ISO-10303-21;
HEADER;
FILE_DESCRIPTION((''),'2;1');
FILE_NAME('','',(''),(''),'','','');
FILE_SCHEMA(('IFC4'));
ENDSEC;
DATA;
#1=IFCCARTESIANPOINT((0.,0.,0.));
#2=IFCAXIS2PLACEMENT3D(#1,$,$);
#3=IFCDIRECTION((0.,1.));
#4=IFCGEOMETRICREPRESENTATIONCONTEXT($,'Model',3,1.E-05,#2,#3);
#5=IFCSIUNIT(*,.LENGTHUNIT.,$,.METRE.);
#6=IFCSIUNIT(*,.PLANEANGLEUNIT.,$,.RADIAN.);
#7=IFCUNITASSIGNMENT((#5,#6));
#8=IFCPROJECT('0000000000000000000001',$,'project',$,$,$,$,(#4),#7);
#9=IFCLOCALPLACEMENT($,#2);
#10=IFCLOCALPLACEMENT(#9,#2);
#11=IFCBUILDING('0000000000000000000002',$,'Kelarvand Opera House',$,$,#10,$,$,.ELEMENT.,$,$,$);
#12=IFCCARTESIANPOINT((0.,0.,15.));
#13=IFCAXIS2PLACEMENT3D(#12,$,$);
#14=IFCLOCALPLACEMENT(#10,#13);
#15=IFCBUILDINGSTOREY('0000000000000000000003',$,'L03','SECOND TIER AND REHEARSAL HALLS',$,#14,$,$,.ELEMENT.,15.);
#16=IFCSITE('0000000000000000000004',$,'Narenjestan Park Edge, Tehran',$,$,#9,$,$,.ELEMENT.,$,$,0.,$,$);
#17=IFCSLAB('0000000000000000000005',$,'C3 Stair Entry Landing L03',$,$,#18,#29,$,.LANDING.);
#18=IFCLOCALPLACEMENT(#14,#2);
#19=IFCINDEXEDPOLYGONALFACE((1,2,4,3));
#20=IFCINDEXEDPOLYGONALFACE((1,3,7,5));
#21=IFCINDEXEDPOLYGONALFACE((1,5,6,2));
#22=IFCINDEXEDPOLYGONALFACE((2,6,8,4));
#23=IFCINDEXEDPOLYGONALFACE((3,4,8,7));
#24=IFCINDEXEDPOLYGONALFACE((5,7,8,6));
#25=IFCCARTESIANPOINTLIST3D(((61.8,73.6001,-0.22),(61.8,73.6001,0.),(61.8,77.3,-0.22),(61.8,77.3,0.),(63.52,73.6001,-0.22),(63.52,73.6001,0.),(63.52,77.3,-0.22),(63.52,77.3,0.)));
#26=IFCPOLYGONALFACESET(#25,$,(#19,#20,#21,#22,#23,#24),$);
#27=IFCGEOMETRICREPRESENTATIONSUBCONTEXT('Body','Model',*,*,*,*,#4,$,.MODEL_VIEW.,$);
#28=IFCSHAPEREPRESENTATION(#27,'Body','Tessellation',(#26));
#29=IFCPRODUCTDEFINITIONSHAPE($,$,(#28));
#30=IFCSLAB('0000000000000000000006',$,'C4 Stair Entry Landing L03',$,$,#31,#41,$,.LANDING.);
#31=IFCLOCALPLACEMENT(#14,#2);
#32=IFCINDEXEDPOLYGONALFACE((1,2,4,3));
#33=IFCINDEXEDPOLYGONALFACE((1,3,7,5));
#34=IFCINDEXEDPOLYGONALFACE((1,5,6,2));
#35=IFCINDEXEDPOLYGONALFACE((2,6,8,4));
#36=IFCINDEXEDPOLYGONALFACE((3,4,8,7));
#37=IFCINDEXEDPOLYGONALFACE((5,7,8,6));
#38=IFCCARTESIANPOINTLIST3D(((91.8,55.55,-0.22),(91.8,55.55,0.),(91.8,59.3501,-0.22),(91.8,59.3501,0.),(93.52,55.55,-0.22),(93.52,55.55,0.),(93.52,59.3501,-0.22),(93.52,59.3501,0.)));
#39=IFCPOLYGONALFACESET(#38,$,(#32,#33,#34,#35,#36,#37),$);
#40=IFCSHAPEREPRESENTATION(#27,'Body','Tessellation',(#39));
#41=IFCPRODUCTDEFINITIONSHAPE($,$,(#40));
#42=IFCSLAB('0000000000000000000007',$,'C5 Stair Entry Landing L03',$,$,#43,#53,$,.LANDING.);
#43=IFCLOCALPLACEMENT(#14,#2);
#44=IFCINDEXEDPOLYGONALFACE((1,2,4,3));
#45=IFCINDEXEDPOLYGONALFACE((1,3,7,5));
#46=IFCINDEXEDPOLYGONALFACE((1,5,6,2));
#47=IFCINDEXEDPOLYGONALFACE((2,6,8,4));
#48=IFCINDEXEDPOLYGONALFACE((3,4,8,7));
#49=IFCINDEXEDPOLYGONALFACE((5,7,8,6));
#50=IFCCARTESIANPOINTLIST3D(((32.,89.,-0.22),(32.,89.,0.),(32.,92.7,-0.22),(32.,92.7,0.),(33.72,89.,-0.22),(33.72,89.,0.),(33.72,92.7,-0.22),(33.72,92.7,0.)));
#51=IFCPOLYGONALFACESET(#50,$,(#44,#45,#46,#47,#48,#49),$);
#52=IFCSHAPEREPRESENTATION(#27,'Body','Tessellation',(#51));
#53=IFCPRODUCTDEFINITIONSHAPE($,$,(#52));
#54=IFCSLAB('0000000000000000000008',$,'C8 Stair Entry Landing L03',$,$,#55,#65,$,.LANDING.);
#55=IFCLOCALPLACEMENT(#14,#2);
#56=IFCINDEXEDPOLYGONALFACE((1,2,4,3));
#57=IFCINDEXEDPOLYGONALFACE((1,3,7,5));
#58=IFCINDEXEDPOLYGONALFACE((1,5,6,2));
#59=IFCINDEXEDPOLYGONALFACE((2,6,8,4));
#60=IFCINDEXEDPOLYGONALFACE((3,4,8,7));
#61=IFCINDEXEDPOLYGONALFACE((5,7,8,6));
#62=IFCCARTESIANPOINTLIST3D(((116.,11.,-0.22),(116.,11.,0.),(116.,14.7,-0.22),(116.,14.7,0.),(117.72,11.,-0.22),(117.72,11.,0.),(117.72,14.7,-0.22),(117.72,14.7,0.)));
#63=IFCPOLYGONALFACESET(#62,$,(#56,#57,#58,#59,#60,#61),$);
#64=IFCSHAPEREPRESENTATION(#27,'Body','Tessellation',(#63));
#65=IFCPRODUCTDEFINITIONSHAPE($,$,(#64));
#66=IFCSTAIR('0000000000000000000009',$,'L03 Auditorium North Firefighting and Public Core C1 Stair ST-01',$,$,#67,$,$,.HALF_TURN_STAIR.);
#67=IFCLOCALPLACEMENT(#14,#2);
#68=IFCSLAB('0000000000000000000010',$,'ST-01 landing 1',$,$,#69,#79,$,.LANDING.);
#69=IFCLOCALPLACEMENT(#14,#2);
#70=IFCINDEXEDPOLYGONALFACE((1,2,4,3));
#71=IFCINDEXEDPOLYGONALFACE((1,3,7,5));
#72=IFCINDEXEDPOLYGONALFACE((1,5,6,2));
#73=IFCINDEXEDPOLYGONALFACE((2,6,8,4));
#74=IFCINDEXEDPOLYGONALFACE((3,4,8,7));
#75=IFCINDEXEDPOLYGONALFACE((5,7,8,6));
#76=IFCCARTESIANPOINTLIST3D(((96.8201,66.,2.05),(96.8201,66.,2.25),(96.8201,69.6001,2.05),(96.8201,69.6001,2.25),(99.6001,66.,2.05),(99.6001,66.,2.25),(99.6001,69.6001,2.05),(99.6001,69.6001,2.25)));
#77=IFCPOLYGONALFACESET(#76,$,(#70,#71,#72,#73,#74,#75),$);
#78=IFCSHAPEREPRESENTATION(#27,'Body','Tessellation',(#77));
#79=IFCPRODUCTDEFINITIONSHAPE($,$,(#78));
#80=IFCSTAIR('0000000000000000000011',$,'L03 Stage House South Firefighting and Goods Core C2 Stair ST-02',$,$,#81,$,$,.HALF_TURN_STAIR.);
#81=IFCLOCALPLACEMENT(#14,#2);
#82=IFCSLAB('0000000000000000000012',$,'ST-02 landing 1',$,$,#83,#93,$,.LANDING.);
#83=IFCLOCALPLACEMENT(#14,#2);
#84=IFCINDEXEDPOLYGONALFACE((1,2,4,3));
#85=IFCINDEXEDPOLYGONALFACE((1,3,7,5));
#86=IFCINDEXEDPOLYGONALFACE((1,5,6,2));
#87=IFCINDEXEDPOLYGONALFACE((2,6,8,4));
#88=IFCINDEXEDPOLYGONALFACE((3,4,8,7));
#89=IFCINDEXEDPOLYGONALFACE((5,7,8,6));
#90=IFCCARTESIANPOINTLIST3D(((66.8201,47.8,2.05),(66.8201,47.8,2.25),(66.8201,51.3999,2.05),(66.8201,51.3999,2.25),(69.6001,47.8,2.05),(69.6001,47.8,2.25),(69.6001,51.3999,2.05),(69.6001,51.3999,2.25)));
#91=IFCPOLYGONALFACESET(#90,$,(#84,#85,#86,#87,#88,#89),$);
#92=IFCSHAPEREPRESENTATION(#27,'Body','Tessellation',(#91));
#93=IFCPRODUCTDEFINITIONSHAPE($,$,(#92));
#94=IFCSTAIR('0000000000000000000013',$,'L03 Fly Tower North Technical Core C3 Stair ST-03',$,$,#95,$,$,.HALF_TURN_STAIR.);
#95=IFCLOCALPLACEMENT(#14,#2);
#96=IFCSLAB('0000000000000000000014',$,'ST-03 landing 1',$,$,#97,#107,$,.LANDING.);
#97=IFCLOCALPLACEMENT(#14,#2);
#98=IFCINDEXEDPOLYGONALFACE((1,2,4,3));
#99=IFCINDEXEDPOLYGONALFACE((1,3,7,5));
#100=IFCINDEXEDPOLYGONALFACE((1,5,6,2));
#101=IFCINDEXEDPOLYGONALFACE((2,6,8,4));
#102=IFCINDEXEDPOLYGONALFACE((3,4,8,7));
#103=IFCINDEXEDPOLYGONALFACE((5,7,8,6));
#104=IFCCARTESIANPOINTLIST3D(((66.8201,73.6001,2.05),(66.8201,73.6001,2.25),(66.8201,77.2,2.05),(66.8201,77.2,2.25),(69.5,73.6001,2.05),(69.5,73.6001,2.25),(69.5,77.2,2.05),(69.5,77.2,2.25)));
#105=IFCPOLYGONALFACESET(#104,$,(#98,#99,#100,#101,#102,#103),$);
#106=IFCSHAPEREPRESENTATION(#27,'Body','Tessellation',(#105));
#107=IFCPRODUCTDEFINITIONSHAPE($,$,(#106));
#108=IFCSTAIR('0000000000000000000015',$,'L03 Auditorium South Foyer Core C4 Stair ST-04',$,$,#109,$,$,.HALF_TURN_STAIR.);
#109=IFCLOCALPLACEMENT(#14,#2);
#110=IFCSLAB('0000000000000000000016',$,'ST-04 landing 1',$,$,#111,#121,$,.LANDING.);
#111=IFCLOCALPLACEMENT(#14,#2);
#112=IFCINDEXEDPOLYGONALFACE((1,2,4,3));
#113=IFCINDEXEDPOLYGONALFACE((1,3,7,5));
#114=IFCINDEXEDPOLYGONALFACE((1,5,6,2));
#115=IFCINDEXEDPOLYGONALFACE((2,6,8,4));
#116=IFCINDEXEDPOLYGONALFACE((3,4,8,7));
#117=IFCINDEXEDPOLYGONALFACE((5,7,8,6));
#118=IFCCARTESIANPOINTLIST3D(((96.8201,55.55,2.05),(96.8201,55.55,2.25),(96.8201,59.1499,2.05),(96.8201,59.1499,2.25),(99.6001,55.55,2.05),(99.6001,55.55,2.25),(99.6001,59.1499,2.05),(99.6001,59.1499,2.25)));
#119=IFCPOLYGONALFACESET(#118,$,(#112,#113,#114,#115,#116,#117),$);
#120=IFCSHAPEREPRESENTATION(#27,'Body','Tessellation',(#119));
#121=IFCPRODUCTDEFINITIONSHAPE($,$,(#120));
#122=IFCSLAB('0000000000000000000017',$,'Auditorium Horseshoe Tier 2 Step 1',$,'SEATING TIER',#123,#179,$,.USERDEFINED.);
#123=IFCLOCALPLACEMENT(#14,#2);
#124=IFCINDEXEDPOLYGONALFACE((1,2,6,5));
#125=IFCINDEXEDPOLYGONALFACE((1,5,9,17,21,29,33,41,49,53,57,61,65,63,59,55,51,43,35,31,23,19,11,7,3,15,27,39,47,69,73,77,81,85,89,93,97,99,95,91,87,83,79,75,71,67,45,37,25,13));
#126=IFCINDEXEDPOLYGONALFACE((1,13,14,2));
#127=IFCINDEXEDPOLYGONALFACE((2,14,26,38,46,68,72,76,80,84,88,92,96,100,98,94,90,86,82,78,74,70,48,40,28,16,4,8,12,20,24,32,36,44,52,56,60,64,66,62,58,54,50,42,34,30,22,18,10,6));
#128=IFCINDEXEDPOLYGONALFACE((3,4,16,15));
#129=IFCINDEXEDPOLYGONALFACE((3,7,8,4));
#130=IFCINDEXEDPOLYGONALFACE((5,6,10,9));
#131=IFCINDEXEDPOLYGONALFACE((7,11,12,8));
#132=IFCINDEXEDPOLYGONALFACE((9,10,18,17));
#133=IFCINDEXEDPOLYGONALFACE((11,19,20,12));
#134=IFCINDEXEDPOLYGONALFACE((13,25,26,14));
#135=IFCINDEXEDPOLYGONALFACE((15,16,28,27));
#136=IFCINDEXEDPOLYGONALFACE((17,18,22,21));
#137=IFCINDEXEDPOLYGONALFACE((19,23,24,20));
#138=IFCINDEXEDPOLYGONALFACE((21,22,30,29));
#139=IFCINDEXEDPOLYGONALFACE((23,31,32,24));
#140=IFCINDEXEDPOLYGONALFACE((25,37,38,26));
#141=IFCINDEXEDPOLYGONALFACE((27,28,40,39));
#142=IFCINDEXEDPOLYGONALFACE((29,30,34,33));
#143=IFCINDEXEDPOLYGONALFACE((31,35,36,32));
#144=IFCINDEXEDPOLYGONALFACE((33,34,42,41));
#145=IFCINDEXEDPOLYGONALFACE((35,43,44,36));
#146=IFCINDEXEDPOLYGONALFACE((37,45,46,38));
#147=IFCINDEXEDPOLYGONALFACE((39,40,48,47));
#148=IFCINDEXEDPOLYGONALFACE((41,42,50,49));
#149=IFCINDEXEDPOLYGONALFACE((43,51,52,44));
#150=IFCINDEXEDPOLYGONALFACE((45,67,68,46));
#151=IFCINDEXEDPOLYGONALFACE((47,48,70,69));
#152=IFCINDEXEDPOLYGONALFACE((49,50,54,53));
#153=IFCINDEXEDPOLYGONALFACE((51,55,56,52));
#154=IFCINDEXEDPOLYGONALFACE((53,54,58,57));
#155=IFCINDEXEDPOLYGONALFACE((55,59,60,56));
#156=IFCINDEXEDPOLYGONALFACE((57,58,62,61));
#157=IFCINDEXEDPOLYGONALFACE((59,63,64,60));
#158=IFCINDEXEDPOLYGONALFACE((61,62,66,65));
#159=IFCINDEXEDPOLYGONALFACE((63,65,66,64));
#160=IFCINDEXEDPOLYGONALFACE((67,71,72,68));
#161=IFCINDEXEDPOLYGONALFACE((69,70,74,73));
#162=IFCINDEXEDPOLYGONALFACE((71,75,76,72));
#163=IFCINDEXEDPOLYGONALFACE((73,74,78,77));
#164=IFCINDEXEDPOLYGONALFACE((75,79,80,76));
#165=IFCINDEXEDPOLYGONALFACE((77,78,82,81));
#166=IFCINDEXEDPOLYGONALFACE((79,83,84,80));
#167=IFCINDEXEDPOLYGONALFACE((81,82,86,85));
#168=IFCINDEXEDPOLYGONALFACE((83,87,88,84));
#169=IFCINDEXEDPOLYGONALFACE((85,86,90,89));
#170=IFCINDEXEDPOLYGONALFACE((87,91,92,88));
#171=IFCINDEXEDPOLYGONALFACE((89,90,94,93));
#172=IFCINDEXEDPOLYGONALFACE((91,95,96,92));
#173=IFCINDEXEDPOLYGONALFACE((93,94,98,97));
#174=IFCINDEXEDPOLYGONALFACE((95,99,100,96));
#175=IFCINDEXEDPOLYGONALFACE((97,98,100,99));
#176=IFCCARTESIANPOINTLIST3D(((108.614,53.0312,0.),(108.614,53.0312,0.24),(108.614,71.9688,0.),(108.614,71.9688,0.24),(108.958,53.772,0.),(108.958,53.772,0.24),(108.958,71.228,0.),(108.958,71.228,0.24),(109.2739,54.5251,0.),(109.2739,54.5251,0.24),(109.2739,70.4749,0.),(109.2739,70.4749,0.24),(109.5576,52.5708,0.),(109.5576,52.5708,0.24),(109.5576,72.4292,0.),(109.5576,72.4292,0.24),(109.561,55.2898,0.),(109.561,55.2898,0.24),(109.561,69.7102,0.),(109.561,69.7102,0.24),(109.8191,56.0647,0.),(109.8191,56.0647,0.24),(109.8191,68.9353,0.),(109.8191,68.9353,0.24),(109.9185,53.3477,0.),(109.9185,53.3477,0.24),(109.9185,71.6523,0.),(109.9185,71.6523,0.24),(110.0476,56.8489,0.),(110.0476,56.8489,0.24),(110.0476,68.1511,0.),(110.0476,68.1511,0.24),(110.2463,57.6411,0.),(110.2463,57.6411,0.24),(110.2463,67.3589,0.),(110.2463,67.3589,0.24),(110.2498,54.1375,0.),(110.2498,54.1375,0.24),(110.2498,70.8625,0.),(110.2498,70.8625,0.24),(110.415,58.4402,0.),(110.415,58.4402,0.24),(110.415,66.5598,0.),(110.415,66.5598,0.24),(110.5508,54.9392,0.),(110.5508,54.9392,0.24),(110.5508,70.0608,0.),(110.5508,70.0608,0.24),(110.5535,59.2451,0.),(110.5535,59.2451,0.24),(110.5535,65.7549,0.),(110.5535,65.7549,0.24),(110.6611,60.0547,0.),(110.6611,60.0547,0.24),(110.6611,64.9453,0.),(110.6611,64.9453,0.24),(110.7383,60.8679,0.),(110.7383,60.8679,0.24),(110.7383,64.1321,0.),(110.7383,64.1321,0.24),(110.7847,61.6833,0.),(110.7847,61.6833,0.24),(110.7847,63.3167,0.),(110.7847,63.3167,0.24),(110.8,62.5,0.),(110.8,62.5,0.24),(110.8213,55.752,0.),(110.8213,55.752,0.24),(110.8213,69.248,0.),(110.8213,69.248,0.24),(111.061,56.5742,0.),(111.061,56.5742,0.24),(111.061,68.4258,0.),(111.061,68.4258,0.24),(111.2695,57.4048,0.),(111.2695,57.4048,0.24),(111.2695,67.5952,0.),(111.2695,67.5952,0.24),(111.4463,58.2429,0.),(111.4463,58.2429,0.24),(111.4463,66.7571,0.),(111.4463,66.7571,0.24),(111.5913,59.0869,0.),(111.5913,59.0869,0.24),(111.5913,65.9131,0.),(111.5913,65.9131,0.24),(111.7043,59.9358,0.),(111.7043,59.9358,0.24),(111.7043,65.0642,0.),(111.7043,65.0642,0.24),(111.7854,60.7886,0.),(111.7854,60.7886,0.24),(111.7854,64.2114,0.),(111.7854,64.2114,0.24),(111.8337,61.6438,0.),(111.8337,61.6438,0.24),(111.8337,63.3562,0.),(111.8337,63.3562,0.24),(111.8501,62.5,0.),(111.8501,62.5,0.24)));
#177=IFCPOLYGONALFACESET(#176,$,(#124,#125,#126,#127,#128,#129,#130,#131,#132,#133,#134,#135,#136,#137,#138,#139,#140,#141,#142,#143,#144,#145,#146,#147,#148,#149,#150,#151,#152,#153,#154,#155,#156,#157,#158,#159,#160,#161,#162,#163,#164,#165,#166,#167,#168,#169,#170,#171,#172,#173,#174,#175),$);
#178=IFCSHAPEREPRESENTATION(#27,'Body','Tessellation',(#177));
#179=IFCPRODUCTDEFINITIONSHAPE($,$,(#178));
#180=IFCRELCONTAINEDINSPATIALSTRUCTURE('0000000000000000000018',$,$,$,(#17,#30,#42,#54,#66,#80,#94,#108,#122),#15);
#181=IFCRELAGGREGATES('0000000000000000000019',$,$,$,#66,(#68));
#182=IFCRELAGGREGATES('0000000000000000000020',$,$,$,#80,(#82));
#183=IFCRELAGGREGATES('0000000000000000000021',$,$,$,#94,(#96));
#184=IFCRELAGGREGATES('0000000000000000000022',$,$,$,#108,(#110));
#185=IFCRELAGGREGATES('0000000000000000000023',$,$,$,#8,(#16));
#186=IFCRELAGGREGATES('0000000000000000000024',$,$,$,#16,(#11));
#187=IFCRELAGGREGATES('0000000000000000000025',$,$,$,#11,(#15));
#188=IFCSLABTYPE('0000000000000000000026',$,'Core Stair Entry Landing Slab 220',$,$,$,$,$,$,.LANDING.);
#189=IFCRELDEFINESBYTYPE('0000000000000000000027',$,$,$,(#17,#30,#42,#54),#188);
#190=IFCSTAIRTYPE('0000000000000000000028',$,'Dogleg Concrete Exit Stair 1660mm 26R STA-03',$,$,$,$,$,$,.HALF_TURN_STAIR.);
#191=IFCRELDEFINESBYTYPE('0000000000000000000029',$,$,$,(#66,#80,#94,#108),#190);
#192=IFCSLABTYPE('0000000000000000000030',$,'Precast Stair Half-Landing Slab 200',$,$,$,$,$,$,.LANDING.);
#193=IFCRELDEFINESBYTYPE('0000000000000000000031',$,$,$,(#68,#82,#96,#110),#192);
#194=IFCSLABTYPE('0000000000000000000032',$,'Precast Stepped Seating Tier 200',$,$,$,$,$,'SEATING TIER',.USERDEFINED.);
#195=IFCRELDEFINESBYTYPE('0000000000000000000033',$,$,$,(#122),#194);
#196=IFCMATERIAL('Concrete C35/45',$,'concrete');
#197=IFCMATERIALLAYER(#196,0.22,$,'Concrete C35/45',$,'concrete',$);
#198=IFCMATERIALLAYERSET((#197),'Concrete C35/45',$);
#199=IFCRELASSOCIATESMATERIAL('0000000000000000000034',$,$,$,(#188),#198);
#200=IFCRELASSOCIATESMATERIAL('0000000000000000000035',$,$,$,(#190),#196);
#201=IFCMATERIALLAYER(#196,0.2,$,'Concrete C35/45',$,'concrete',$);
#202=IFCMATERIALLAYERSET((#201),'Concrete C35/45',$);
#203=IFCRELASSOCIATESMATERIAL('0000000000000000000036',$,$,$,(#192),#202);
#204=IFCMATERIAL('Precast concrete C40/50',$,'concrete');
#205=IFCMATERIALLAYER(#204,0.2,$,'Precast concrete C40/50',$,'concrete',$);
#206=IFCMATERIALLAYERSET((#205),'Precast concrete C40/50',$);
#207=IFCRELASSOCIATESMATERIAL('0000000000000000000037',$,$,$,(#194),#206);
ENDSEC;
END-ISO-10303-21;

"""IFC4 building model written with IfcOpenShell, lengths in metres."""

from ifc_helpers import new_model, si_unit, direction, frame, origin, place, context, subcontext, project, spatial, polyline, outline, extrude, material, layer, layer_set, type_object, element, aggregate, save


model = new_model("IFC4")

# Units and contexts
model_context = context("Model", 3, precision=1e-05, world=origin(), true_north=direction((0.0, 1.0)))
body_context = subcontext(model_context, "Body", "Model", "MODEL_VIEW")
ifc_project = project(units=[si_unit("LENGTHUNIT", "METRE"), si_unit("PLANEANGLEUNIT", "RADIAN")], contexts=[model_context])

# Site, building, storey
site_placement = place(None, origin())
site = spatial("IfcSite", under=ifc_project, at=site_placement, Name="Narenjestan Park Edge, Tehran", CompositionType="ELEMENT", RefElevation=0.0)
building_placement = place(site_placement, origin())
building = spatial("IfcBuilding", under=site, at=building_placement, Name="Kelarvand Opera House", CompositionType="ELEMENT")
storey_placement = place(building_placement, frame((0.0, 0.0, 15.0)))
storey = spatial("IfcBuildingStorey", under=building, at=storey_placement, Name="L03", Description="SECOND TIER AND REHEARSAL HALLS", CompositionType="ELEMENT", Elevation=15.0)

# Slabs
ifc_material_1 = material(Name="Concrete C35/45", Category="concrete")
ifc_layer_1 = layer(ifc_material_1, 0.22, Name="Concrete C35/45", Category="concrete")
ifc_layer_set_1 = layer_set([ifc_layer_1], Name="Concrete C35/45")
slab_type_1 = type_object("IfcSlabType", Name="Core Stair Entry Landing Slab 220", PredefinedType="LANDING", material=ifc_layer_set_1)
slab_1_placement = place(storey_placement, frame((0.0, 0.0, -0.22)))
element("IfcSlab", 1, at=slab_1_placement, inside=storey, type_object=slab_type_1, Name="C3 Stair Entry Landing L03", PredefinedType="LANDING", context=body_context, shape_type="SweptSolid", body=[
    extrude(outline(polyline([(61.8, 73.6001), (63.52, 73.6001), (63.52, 77.3), (61.8, 77.3), (61.8, 73.6001)])), origin(), (0.0, 0.0, 1.0), 0.22),
])
slab_2_placement = place(storey_placement, frame((0.0, 0.0, -0.22)))
element("IfcSlab", 2, at=slab_2_placement, inside=storey, type_object=slab_type_1, Name="C4 Stair Entry Landing L03", PredefinedType="LANDING", context=body_context, shape_type="SweptSolid", body=[
    extrude(outline(polyline([(91.8, 55.55), (93.52, 55.55), (93.52, 59.3501), (91.8, 59.3501), (91.8, 55.55)])), origin(), (0.0, 0.0, 1.0), 0.22),
])
slab_3_placement = place(storey_placement, frame((0.0, 0.0, -0.22)))
element("IfcSlab", 3, at=slab_3_placement, inside=storey, type_object=slab_type_1, Name="C5 Stair Entry Landing L03", PredefinedType="LANDING", context=body_context, shape_type="SweptSolid", body=[
    extrude(outline(polyline([(32.0, 89.0), (33.72, 89.0), (33.72, 92.7), (32.0, 92.7), (32.0, 89.0)])), origin(), (0.0, 0.0, 1.0), 0.22),
])
slab_4_placement = place(storey_placement, frame((0.0, 0.0, -0.22)))
element("IfcSlab", 4, at=slab_4_placement, inside=storey, type_object=slab_type_1, Name="C8 Stair Entry Landing L03", PredefinedType="LANDING", context=body_context, shape_type="SweptSolid", body=[
    extrude(outline(polyline([(116.0, 11.0), (117.72, 11.0), (117.72, 14.7), (116.0, 14.7), (116.0, 11.0)])), origin(), (0.0, 0.0, 1.0), 0.22),
])

# Stairs, slabs
stair_type = type_object("IfcStairType", Name="Dogleg Concrete Exit Stair 1660mm 26R STA-03", PredefinedType="HALF_TURN_STAIR", material=ifc_material_1)
stair_1_placement = place(storey_placement, origin())
stair_1 = element("IfcStair", 5, at=stair_1_placement, inside=storey, type_object=stair_type, Name="L03 Auditorium North Firefighting and Public Core C1 Stair ST-01", PredefinedType="HALF_TURN_STAIR")
ifc_layer_2 = layer(ifc_material_1, 0.2, Name="Concrete C35/45", Category="concrete")
ifc_layer_set_2 = layer_set([ifc_layer_2], Name="Concrete C35/45")
slab_type_2 = type_object("IfcSlabType", Name="Precast Stair Half-Landing Slab 200", PredefinedType="LANDING", material=ifc_layer_set_2)
slab_5_placement = place(storey_placement, frame((0.0, 0.0, 2.05)))
slab_5 = element("IfcSlab", 6, at=slab_5_placement, type_object=slab_type_2, Name="ST-01 landing 1", PredefinedType="LANDING", context=body_context, shape_type="SweptSolid", body=[
    extrude(outline(polyline([(96.8201, 66.0), (99.6001, 66.0), (99.6001, 69.6001), (96.8201, 69.6001), (96.8201, 66.0)])), origin(), (0.0, 0.0, 1.0), 0.2),
])
aggregate(stair_1, [slab_5])
stair_2_placement = place(storey_placement, origin())
stair_2 = element("IfcStair", 7, at=stair_2_placement, inside=storey, type_object=stair_type, Name="L03 Stage House South Firefighting and Goods Core C2 Stair ST-02", PredefinedType="HALF_TURN_STAIR")
slab_6_placement = place(storey_placement, frame((0.0, 0.0, 2.05)))
slab_6 = element("IfcSlab", 8, at=slab_6_placement, type_object=slab_type_2, Name="ST-02 landing 1", PredefinedType="LANDING", context=body_context, shape_type="SweptSolid", body=[
    extrude(outline(polyline([(66.8201, 47.8), (69.6001, 47.8), (69.6001, 51.3999), (66.8201, 51.3999), (66.8201, 47.8)])), origin(), (0.0, 0.0, 1.0), 0.2),
])
aggregate(stair_2, [slab_6])
stair_3_placement = place(storey_placement, origin())
stair_3 = element("IfcStair", 9, at=stair_3_placement, inside=storey, type_object=stair_type, Name="L03 Fly Tower North Technical Core C3 Stair ST-03", PredefinedType="HALF_TURN_STAIR")
slab_7_placement = place(storey_placement, frame((0.0, 0.0, 2.05)))
slab_7 = element("IfcSlab", 10, at=slab_7_placement, type_object=slab_type_2, Name="ST-03 landing 1", PredefinedType="LANDING", context=body_context, shape_type="SweptSolid", body=[
    extrude(outline(polyline([(66.8201, 73.6001), (69.5, 73.6001), (69.5, 77.2), (66.8201, 77.2), (66.8201, 73.6001)])), origin(), (0.0, 0.0, 1.0), 0.2),
])
aggregate(stair_3, [slab_7])
stair_4_placement = place(storey_placement, origin())
stair_4 = element("IfcStair", 11, at=stair_4_placement, inside=storey, type_object=stair_type, Name="L03 Auditorium South Foyer Core C4 Stair ST-04", PredefinedType="HALF_TURN_STAIR")
slab_8_placement = place(storey_placement, frame((0.0, 0.0, 2.05)))
slab_8 = element("IfcSlab", 12, at=slab_8_placement, type_object=slab_type_2, Name="ST-04 landing 1", PredefinedType="LANDING", context=body_context, shape_type="SweptSolid", body=[
    extrude(outline(polyline([(96.8201, 55.55), (99.6001, 55.55), (99.6001, 59.1499), (96.8201, 59.1499), (96.8201, 55.55)])), origin(), (0.0, 0.0, 1.0), 0.2),
])
aggregate(stair_4, [slab_8])

# Slab
ifc_material_2 = material(Name="Precast concrete C40/50", Category="concrete")
ifc_layer_3 = layer(ifc_material_2, 0.2, Name="Precast concrete C40/50", Category="concrete")
ifc_layer_set_3 = layer_set([ifc_layer_3], Name="Precast concrete C40/50")
slab_type_3 = type_object("IfcSlabType", Name="Precast Stepped Seating Tier 200", ElementType="SEATING TIER", PredefinedType="USERDEFINED", material=ifc_layer_set_3)
slab_9_placement = place(storey_placement, origin())
element("IfcSlab", 13, at=slab_9_placement, inside=storey, type_object=slab_type_3, Name="Auditorium Horseshoe Tier 2 Step 1", ObjectType="SEATING TIER", PredefinedType="USERDEFINED", context=body_context, shape_type="SweptSolid", body=[
    extrude(outline(polyline([(108.614, 53.0312), (108.958, 53.772), (109.2739, 54.5251), (109.561, 55.2898), (109.8191, 56.0647), (110.0476, 56.8489), (110.2463, 57.6411), (110.415, 58.4402), (110.5535, 59.2451), (110.6611, 60.0547), (110.7383, 60.8679), (110.7847, 61.6833), (110.8, 62.5), (110.7847, 63.3167), (110.7383, 64.1321), (110.6611, 64.9453), (110.5535, 65.7549), (110.415, 66.5598), (110.2463, 67.3589), (110.0476, 68.1511), (109.8191, 68.9353), (109.561, 69.7102), (109.2739, 70.4749), (108.958, 71.228), (108.614, 71.9688), (109.5576, 72.4292), (109.9185, 71.6523), (110.2498, 70.8625), (110.5508, 70.0608), (110.8213, 69.248), (111.061, 68.4258), (111.2695, 67.5952), (111.4463, 66.7571), (111.5913, 65.9131), (111.7043, 65.0642), (111.7854, 64.2114), (111.8337, 63.3562), (111.8501, 62.5), (111.8337, 61.6438), (111.7854, 60.7886), (111.7043, 59.9358), (111.5913, 59.0869), (111.4463, 58.2429), (111.2695, 57.4048), (111.061, 56.5742), (110.8213, 55.752), (110.5508, 54.9392), (110.2498, 54.1375), (109.9185, 53.3477), (109.5576, 52.5708), (108.614, 53.0312)])), origin(), (0.0, 0.0, 1.0), 0.24),
])

save(model, "model.ifc")
